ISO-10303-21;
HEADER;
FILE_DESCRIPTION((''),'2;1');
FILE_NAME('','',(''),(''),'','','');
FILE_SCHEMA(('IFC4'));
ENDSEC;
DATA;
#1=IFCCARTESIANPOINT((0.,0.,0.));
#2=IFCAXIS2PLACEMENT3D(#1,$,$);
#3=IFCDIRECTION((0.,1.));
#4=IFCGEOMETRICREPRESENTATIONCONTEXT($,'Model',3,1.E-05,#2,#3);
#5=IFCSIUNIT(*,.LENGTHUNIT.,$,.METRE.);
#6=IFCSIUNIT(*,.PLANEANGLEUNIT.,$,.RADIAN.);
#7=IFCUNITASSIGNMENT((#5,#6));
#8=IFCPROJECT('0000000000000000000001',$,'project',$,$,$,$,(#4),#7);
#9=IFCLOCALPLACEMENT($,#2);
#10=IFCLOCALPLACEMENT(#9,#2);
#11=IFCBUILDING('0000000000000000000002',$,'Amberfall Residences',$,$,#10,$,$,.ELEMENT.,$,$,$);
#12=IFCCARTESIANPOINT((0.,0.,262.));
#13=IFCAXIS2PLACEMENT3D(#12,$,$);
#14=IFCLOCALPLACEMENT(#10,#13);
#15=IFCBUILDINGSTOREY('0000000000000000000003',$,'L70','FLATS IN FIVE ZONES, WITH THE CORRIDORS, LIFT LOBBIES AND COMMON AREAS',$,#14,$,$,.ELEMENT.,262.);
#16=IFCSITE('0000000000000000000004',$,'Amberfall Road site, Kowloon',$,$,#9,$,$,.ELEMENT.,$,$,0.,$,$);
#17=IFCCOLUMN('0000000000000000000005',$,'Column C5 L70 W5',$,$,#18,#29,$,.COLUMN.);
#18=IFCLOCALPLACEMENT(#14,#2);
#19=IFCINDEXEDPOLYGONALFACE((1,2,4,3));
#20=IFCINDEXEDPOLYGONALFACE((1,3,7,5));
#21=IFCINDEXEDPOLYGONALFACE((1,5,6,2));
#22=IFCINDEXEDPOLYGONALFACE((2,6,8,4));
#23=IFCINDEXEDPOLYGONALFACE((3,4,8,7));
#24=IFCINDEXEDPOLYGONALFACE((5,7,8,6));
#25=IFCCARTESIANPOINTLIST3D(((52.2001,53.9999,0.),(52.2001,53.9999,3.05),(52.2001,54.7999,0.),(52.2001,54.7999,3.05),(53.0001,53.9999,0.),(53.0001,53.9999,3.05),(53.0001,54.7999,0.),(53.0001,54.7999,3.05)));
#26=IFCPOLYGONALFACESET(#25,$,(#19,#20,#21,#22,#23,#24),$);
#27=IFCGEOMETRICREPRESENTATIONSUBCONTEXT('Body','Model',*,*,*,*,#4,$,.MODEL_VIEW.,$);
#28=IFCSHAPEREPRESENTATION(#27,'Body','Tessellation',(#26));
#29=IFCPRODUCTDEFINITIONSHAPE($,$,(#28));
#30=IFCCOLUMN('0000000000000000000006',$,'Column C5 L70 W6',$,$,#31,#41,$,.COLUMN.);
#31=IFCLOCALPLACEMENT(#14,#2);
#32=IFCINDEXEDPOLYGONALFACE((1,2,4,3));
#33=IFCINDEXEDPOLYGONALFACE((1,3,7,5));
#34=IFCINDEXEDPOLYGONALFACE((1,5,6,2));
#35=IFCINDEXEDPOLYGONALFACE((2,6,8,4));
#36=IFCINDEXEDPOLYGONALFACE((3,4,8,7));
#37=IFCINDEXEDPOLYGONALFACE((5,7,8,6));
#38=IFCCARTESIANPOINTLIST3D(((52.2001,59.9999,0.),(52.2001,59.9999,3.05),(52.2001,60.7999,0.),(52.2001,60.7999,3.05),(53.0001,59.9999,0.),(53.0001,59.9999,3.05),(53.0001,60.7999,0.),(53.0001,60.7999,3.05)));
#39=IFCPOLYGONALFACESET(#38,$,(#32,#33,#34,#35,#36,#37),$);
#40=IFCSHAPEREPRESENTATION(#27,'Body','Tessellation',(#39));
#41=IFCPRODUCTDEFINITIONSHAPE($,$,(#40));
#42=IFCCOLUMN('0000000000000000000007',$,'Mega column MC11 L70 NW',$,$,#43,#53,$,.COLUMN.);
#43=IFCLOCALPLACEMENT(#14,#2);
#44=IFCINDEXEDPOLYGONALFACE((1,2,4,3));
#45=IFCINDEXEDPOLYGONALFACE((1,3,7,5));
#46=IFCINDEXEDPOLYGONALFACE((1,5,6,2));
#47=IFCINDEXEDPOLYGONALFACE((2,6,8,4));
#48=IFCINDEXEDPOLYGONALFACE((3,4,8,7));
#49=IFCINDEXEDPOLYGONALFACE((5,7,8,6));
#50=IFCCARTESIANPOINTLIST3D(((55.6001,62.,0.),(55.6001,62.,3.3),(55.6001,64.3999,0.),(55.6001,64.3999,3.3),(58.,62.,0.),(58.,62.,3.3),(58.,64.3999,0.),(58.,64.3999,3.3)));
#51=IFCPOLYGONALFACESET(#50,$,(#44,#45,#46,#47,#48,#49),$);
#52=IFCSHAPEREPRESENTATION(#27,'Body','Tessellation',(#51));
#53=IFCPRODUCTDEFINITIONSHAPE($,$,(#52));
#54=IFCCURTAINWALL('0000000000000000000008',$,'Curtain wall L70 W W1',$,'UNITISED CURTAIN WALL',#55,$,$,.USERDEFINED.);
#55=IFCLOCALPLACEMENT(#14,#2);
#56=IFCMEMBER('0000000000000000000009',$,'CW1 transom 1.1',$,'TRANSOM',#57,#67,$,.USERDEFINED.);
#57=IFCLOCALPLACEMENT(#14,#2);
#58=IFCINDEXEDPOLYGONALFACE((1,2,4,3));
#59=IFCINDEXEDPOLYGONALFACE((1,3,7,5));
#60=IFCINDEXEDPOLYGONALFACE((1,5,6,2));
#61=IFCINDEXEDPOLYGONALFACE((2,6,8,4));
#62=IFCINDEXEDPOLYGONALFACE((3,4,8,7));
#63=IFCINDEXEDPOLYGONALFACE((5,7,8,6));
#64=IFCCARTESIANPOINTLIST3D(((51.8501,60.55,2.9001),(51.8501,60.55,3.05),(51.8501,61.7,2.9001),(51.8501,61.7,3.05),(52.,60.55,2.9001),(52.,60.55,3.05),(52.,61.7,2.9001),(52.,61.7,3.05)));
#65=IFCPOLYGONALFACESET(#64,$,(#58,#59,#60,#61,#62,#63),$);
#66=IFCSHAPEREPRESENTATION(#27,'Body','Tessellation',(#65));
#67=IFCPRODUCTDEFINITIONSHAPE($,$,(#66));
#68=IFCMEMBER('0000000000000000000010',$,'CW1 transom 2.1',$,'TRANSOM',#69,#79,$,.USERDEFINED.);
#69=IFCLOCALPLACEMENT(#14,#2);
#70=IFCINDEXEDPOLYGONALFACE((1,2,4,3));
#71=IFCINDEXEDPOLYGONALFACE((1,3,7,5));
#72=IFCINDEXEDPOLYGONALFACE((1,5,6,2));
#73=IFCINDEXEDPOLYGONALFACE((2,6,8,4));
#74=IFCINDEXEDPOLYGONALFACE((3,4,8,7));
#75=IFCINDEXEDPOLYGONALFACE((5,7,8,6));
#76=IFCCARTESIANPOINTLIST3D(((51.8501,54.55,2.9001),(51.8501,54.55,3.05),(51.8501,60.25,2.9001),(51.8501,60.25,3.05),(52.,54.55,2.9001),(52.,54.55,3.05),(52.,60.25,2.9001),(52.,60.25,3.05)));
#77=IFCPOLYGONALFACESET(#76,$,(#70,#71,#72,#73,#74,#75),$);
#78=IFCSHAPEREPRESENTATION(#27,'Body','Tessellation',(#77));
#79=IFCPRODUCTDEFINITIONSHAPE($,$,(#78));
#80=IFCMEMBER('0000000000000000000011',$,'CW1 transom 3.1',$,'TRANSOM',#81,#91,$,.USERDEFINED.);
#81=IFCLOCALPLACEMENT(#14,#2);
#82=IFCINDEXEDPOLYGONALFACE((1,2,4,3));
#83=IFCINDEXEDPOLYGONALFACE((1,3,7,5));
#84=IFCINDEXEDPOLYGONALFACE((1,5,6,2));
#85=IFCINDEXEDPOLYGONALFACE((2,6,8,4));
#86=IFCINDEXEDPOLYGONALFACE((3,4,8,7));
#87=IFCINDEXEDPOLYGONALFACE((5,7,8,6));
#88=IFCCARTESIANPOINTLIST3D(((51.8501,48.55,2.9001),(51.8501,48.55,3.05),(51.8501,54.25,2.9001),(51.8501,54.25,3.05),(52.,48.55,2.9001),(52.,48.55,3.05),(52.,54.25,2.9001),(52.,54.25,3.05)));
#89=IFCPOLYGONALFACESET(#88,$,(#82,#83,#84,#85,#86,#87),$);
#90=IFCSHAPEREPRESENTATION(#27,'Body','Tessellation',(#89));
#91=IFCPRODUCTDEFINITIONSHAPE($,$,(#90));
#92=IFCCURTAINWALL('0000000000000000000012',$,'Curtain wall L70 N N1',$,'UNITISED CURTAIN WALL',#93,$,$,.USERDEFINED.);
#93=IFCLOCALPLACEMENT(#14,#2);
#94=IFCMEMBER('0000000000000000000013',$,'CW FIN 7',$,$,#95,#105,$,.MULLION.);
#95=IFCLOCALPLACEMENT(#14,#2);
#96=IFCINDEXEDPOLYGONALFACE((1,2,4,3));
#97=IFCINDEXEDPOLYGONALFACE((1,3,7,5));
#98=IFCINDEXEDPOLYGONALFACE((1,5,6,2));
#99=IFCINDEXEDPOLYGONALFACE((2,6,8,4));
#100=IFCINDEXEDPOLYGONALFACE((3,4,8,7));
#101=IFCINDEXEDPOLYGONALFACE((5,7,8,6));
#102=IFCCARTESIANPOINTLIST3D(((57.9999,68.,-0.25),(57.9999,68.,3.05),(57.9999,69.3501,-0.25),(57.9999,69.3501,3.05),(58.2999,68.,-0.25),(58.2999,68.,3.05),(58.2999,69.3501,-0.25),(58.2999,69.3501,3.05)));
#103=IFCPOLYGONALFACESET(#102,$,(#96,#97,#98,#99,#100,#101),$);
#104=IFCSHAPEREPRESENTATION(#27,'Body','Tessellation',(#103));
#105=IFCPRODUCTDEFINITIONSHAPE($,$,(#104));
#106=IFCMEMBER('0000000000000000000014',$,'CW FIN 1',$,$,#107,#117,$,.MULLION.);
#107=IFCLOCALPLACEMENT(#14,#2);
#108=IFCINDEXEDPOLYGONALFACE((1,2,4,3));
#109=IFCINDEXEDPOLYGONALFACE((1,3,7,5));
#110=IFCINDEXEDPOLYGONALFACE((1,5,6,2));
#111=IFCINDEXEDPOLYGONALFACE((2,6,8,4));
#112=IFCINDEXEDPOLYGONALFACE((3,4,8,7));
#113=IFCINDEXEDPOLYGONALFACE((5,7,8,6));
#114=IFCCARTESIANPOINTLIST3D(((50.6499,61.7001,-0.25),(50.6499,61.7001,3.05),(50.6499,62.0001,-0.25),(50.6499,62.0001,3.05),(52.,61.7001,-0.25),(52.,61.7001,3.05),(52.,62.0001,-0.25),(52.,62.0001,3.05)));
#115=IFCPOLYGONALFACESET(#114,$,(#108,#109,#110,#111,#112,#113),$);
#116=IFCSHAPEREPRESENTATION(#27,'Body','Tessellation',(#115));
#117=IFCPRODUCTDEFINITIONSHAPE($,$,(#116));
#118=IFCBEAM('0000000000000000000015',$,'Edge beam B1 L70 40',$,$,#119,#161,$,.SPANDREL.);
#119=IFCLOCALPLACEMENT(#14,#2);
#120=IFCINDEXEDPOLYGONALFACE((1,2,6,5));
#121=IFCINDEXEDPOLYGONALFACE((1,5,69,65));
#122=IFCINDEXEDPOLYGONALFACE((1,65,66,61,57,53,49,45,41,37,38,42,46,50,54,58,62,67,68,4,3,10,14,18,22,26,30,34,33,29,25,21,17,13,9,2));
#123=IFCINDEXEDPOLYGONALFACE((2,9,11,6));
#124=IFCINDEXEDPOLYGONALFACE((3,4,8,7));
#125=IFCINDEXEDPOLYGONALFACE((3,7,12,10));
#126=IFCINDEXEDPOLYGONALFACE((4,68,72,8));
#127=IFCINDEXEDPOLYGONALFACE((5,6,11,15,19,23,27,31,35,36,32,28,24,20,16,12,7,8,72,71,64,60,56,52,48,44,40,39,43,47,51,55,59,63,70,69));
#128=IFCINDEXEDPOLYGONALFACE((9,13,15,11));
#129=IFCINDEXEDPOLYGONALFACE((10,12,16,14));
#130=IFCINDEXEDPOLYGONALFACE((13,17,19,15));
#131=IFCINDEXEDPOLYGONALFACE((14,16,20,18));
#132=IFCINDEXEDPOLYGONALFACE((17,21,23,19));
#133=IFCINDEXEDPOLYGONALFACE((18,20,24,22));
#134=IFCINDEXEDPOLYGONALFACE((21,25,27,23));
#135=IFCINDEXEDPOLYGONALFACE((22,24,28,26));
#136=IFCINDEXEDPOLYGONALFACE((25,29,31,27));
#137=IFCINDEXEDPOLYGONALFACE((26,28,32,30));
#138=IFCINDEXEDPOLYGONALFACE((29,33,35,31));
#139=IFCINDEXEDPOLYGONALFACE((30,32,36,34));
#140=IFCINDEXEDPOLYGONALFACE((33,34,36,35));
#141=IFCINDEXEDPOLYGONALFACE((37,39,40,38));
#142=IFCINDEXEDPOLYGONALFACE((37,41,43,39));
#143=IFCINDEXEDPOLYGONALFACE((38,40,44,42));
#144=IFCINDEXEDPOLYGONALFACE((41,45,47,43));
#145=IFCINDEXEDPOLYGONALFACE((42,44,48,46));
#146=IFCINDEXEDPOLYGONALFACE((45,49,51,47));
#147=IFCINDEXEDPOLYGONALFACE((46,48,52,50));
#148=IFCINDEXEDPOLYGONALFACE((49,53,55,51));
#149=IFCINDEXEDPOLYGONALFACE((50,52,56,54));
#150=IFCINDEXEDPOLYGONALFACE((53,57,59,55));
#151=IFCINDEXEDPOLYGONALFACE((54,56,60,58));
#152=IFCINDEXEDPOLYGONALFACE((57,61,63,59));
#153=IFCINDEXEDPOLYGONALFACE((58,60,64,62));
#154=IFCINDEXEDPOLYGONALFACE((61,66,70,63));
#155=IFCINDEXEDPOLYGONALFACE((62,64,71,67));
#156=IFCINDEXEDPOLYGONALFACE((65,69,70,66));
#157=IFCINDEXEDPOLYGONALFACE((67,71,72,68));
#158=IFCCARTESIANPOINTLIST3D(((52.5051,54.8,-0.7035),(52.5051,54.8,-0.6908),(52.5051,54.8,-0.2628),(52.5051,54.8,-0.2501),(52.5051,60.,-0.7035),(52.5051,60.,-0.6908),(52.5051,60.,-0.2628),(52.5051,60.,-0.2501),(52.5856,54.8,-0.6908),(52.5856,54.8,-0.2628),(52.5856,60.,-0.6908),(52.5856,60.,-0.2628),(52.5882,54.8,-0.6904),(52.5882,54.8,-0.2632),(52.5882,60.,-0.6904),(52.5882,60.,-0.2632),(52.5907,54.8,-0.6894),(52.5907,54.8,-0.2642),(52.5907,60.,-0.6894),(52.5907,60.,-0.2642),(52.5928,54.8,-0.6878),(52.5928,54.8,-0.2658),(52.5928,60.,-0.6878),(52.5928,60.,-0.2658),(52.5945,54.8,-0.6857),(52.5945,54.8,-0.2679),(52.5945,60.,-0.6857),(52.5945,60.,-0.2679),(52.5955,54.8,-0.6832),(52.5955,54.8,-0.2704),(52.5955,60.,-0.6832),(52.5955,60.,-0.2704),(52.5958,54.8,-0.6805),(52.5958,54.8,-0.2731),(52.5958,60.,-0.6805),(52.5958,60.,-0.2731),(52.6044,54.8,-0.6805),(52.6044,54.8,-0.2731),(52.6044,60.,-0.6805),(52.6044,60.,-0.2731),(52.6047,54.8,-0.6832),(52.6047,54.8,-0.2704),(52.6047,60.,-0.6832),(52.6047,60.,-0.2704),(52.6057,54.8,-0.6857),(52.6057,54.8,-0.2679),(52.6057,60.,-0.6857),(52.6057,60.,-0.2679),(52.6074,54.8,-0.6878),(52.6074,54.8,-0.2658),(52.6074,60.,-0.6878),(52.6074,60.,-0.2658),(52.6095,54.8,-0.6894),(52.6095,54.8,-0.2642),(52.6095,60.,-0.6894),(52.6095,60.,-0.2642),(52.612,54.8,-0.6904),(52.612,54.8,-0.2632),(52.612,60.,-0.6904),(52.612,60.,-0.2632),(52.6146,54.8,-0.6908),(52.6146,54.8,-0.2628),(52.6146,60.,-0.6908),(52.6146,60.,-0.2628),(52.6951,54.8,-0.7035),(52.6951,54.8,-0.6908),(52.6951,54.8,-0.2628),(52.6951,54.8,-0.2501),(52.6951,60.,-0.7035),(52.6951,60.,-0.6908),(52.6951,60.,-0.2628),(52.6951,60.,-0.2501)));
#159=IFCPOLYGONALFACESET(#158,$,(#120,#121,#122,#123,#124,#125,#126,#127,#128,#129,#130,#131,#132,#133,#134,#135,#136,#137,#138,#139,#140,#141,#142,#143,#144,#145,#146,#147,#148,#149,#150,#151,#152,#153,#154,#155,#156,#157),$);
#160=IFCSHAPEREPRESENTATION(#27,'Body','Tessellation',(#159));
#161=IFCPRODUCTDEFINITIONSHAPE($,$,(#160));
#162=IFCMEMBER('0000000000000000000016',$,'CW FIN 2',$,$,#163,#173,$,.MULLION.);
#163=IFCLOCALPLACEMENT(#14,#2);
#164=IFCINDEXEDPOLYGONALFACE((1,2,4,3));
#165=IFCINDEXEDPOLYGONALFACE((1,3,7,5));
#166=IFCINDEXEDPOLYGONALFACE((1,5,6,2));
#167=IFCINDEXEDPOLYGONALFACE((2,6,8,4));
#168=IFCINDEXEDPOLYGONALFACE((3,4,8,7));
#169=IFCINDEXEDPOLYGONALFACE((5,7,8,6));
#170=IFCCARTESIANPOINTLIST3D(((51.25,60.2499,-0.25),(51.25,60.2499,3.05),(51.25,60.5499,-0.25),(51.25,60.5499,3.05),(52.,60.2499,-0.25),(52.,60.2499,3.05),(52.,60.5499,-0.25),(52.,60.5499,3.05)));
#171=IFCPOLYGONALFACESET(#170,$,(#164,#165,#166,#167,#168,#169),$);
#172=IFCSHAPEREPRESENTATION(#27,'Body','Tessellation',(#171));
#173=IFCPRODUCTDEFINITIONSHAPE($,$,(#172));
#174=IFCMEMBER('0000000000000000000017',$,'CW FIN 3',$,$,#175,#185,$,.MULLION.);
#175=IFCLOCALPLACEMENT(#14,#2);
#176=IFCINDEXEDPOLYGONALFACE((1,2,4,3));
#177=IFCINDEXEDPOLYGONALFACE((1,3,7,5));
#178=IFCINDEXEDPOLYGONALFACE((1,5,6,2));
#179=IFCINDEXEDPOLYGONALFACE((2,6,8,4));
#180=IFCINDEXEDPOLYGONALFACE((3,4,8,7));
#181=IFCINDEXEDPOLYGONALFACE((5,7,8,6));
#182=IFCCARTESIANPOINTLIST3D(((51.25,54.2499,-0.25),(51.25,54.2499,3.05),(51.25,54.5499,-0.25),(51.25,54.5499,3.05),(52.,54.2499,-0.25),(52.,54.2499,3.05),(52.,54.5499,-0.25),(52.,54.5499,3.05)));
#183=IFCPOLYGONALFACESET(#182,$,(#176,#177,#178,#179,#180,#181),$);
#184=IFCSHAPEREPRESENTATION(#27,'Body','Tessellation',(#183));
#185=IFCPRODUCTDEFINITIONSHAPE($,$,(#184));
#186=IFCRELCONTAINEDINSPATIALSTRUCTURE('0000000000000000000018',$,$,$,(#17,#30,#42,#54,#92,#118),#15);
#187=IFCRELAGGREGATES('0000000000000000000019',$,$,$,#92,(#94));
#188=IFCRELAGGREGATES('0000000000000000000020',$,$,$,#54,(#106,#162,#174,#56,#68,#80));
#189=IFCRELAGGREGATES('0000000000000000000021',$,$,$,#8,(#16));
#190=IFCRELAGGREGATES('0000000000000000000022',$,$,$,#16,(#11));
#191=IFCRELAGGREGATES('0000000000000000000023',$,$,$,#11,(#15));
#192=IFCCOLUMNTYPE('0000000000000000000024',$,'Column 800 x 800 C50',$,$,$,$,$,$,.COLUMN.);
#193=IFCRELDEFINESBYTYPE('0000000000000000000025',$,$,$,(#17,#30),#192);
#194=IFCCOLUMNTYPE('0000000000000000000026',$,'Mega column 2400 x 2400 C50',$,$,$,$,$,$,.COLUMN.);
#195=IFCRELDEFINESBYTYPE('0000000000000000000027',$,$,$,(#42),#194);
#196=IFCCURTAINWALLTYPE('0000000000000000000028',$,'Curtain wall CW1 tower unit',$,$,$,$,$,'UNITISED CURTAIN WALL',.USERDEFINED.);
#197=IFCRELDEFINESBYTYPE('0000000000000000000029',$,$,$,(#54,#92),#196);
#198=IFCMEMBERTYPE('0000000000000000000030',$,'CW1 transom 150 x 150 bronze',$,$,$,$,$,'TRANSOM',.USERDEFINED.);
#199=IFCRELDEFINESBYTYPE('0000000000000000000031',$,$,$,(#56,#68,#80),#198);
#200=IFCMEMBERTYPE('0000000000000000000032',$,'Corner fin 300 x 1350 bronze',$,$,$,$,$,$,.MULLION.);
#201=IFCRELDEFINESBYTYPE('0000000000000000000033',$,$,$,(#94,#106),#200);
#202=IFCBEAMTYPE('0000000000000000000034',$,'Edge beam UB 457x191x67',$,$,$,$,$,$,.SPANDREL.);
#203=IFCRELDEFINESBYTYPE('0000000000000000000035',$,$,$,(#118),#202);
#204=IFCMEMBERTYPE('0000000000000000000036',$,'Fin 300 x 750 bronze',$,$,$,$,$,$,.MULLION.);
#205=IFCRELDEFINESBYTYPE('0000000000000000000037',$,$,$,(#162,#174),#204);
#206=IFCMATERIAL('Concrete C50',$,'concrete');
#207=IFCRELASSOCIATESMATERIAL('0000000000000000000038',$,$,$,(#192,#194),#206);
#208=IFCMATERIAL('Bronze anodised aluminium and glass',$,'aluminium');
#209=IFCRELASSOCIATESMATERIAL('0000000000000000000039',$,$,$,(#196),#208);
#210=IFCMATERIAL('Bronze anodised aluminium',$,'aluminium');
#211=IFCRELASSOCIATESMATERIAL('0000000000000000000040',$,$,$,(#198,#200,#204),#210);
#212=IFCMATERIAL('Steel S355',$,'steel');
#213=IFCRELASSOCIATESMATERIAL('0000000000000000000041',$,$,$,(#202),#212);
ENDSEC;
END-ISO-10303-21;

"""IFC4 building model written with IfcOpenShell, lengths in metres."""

from ifc_helpers import new_model, si_unit, direction, frame, origin, origin_2d, place, context, subcontext, project, spatial, rectangle, i_section, extrude, material, material_profile, profile_set, type_object, element, aggregate, save


model = new_model("IFC4")

# Units and contexts
model_context = context("Model", 3, precision=1e-05, world=origin(), true_north=direction((0.0, 1.0)))
body_context = subcontext(model_context, "Body", "Model", "MODEL_VIEW")
ifc_project = project(units=[si_unit("LENGTHUNIT", "METRE"), si_unit("PLANEANGLEUNIT", "RADIAN")], contexts=[model_context])

# Site, building, storey
site_placement = place(None, origin())
site = spatial("IfcSite", under=ifc_project, at=site_placement, Name="Amberfall Road site, Kowloon", CompositionType="ELEMENT", RefElevation=0.0)
building_placement = place(site_placement, origin())
building = spatial("IfcBuilding", under=site, at=building_placement, Name="Amberfall Residences", CompositionType="ELEMENT")
storey_placement = place(building_placement, frame((0.0, 0.0, 262.0)))
storey = spatial("IfcBuildingStorey", under=building, at=storey_placement, Name="L70", Description="FLATS IN FIVE ZONES, WITH THE CORRIDORS, LIFT LOBBIES AND COMMON AREAS", CompositionType="ELEMENT", Elevation=262.0)

# Columns
ifc_material_1 = material(Name="Concrete C50", Category="concrete")
ifc_material_profile_1 = material_profile(ifc_material_1, rectangle(XDim=0.8, YDim=0.8, at=origin_2d()), Name="Column 800 x 800 C50")
ifc_profile_set_1 = profile_set([ifc_material_profile_1], Name="Concrete C50")
column_type_1 = type_object("IfcColumnType", Name="Column 800 x 800 C50", PredefinedType="COLUMN", material=ifc_profile_set_1)
for number, where, z_axis, x_axis, name in (
    (1, (52.6001, 54.3999, 0.0), (0.0, 0.0, 1.0), (1.0, 0.0, 0.0), "Column C5 L70 W5"),
    (2, (52.6001, 60.3999, 0.0), (0.0, 0.0, 1.0), (1.0, 0.0, 0.0), "Column C5 L70 W6"),
):
    element("IfcColumn", number, at=place(storey_placement, frame(where, z_axis=z_axis, x_axis=x_axis)), inside=storey, type_object=column_type_1, Name=name, PredefinedType="COLUMN", context=body_context, shape_type="SweptSolid", body=[
        extrude(rectangle(XDim=0.8, YDim=0.8, at=origin_2d()), origin(), (0.0, 0.0, 1.0), 3.05),
    ])
ifc_material_profile_2 = material_profile(ifc_material_1, rectangle(XDim=2.3999, YDim=2.3999, at=origin_2d()), Name="Mega column 2400 x 2400 C50")
ifc_profile_set_2 = profile_set([ifc_material_profile_2], Name="Concrete C50")
column_type_2 = type_object("IfcColumnType", Name="Mega column 2400 x 2400 C50", PredefinedType="COLUMN", material=ifc_profile_set_2)
column_placement = place(storey_placement, frame((56.8, 63.2, 0.0), z_axis=(0.0, 0.0, 1.0), x_axis=(1.0, 0.0, 0.0)))
element("IfcColumn", 3, at=column_placement, inside=storey, type_object=column_type_2, Name="Mega column MC11 L70 NW", PredefinedType="COLUMN", context=body_context, shape_type="SweptSolid", body=[
    extrude(rectangle(XDim=2.3999, YDim=2.3999, at=origin_2d()), origin(), (0.0, 0.0, 1.0), 3.3),
])

# Curtain wall, members
ifc_material_2 = material(Name="Bronze anodised aluminium and glass", Category="aluminium")
curtain_wall_type = type_object("IfcCurtainWallType", Name="Curtain wall CW1 tower unit", ElementType="UNITISED CURTAIN WALL", PredefinedType="USERDEFINED", material=ifc_material_2)
curtain_wall_1_placement = place(storey_placement, origin())
curtain_wall_1 = element("IfcCurtainWall", 4, at=curtain_wall_1_placement, inside=storey, type_object=curtain_wall_type, Name="Curtain wall L70 W W1", ObjectType="UNITISED CURTAIN WALL", PredefinedType="USERDEFINED")
ifc_material_3 = material(Name="Bronze anodised aluminium", Category="aluminium")
ifc_material_profile_3 = material_profile(ifc_material_3, rectangle(XDim=0.1499, YDim=0.1499, at=origin_2d()), Name="CW1 transom 150 x 150 bronze")
ifc_profile_set_3 = profile_set([ifc_material_profile_3], Name="Bronze anodised aluminium")
member_type_1 = type_object("IfcMemberType", Name="CW1 transom 150 x 150 bronze", ElementType="TRANSOM", PredefinedType="USERDEFINED", material=ifc_profile_set_3)
member_1_placement = place(storey_placement, frame((51.925, 61.7, 2.9751), z_axis=(0.0, -1.0, 0.0), x_axis=(1.0, 0.0, 0.0)))
member_1 = element("IfcMember", 5, at=member_1_placement, type_object=member_type_1, Name="CW1 transom 1.1", ObjectType="TRANSOM", PredefinedType="USERDEFINED", context=body_context, shape_type="SweptSolid", body=[
    extrude(rectangle(XDim=0.1499, YDim=0.1499, at=origin_2d()), origin(), (0.0, 0.0, 1.0), 1.1499),
])
member_2_placement = place(storey_placement, frame((51.925, 60.25, 2.9751), z_axis=(0.0, -1.0, 0.0), x_axis=(1.0, 0.0, 0.0)))
member_2 = element("IfcMember", 6, at=member_2_placement, type_object=member_type_1, Name="CW1 transom 2.1", ObjectType="TRANSOM", PredefinedType="USERDEFINED", context=body_context, shape_type="SweptSolid", body=[
    extrude(rectangle(XDim=0.1499, YDim=0.1499, at=origin_2d()), origin(), (0.0, 0.0, 1.0), 5.7),
])
member_3_placement = place(storey_placement, frame((51.925, 54.25, 2.9751), z_axis=(0.0, -1.0, 0.0), x_axis=(1.0, 0.0, 0.0)))
member_3 = element("IfcMember", 7, at=member_3_placement, type_object=member_type_1, Name="CW1 transom 3.1", ObjectType="TRANSOM", PredefinedType="USERDEFINED", context=body_context, shape_type="SweptSolid", body=[
    extrude(rectangle(XDim=0.1499, YDim=0.1499, at=origin_2d()), origin(), (0.0, 0.0, 1.0), 5.7),
])

# Curtain wall, member
curtain_wall_2_placement = place(storey_placement, origin())
curtain_wall_2 = element("IfcCurtainWall", 8, at=curtain_wall_2_placement, inside=storey, type_object=curtain_wall_type, Name="Curtain wall L70 N N1", ObjectType="UNITISED CURTAIN WALL", PredefinedType="USERDEFINED")
ifc_material_profile_4 = material_profile(ifc_material_3, rectangle(XDim=1.3501, YDim=0.3, at=origin_2d()), Name="Corner fin 300 x 1350 bronze")
ifc_profile_set_4 = profile_set([ifc_material_profile_4], Name="Bronze anodised aluminium")
member_type_2 = type_object("IfcMemberType", Name="Corner fin 300 x 1350 bronze", PredefinedType="MULLION", material=ifc_profile_set_4)
member_4_placement = place(storey_placement, frame((58.1499, 68.675, -0.25), z_axis=(0.0, 0.0, 1.0), x_axis=(0.0, -1.0, 0.0)))
member_4 = element("IfcMember", 9, at=member_4_placement, type_object=member_type_2, Name="CW FIN 7", PredefinedType="MULLION", context=body_context, shape_type="SweptSolid", body=[
    extrude(rectangle(XDim=1.3501, YDim=0.3, at=origin_2d()), origin(), (0.0, 0.0, 1.0), 3.3),
])
aggregate(curtain_wall_2, [member_4])

# Member
member_5_placement = place(storey_placement, frame((51.325, 61.8501, -0.25), z_axis=(0.0, 0.0, 1.0), x_axis=(1.0, 0.0, 0.0)))
member_5 = element("IfcMember", 10, at=member_5_placement, type_object=member_type_2, Name="CW FIN 1", PredefinedType="MULLION", context=body_context, shape_type="SweptSolid", body=[
    extrude(rectangle(XDim=1.3501, YDim=0.3, at=origin_2d()), origin(), (0.0, 0.0, 1.0), 3.3),
])

# Beam
ifc_material_4 = material(Name="Steel S355", Category="steel")
ifc_material_profile_5 = material_profile(ifc_material_4, i_section(OverallWidth=0.1899, OverallDepth=0.4534, WebThickness=0.0085, FlangeThickness=0.0127, FilletRadius=0.0103, at=origin_2d()), Name="UB 457x191x67")
ifc_profile_set_5 = profile_set([ifc_material_profile_5], Name="Steel S355")
beam_type_1 = type_object("IfcBeamType", Name="Edge beam UB 457x191x67", PredefinedType="SPANDREL", material=ifc_profile_set_5)
beam_1_placement = place(storey_placement, frame((52.6001, 54.8, -0.4768), z_axis=(0.0, 1.0, 0.0), x_axis=(-1.0, 0.0, 0.0)))
element("IfcBeam", 11, at=beam_1_placement, inside=storey, type_object=beam_type_1, Name="Edge beam B1 L70 40", PredefinedType="SPANDREL", context=body_context, shape_type="SweptSolid", body=[
    extrude(i_section(OverallWidth=0.1899, OverallDepth=0.4534, WebThickness=0.0085, FlangeThickness=0.0127, FilletRadius=0.0103, at=origin_2d()), origin(), (0.0, 0.0, 1.0), 5.2),
])

# Members
ifc_material_profile_6 = material_profile(ifc_material_3, rectangle(XDim=0.75, YDim=0.3, at=origin_2d()), Name="Fin 300 x 750 bronze")
ifc_profile_set_6 = profile_set([ifc_material_profile_6], Name="Bronze anodised aluminium")
member_type_3 = type_object("IfcMemberType", Name="Fin 300 x 750 bronze", PredefinedType="MULLION", material=ifc_profile_set_6)
member_6_placement = place(storey_placement, frame((51.625, 60.3999, -0.25), z_axis=(0.0, 0.0, 1.0), x_axis=(1.0, 0.0, 0.0)))
member_6 = element("IfcMember", 12, at=member_6_placement, type_object=member_type_3, Name="CW FIN 2", PredefinedType="MULLION", context=body_context, shape_type="SweptSolid", body=[
    extrude(rectangle(XDim=0.75, YDim=0.3, at=origin_2d()), origin(), (0.0, 0.0, 1.0), 3.3),
])
member_7_placement = place(storey_placement, frame((51.625, 54.3999, -0.25), z_axis=(0.0, 0.0, 1.0), x_axis=(1.0, 0.0, 0.0)))
member_7 = element("IfcMember", 13, at=member_7_placement, type_object=member_type_3, Name="CW FIN 3", PredefinedType="MULLION", context=body_context, shape_type="SweptSolid", body=[
    extrude(rectangle(XDim=0.75, YDim=0.3, at=origin_2d()), origin(), (0.0, 0.0, 1.0), 3.3),
])

aggregate(curtain_wall_1, [member_5, member_6, member_7, member_1, member_2, member_3])

save(model, "model.ifc")
